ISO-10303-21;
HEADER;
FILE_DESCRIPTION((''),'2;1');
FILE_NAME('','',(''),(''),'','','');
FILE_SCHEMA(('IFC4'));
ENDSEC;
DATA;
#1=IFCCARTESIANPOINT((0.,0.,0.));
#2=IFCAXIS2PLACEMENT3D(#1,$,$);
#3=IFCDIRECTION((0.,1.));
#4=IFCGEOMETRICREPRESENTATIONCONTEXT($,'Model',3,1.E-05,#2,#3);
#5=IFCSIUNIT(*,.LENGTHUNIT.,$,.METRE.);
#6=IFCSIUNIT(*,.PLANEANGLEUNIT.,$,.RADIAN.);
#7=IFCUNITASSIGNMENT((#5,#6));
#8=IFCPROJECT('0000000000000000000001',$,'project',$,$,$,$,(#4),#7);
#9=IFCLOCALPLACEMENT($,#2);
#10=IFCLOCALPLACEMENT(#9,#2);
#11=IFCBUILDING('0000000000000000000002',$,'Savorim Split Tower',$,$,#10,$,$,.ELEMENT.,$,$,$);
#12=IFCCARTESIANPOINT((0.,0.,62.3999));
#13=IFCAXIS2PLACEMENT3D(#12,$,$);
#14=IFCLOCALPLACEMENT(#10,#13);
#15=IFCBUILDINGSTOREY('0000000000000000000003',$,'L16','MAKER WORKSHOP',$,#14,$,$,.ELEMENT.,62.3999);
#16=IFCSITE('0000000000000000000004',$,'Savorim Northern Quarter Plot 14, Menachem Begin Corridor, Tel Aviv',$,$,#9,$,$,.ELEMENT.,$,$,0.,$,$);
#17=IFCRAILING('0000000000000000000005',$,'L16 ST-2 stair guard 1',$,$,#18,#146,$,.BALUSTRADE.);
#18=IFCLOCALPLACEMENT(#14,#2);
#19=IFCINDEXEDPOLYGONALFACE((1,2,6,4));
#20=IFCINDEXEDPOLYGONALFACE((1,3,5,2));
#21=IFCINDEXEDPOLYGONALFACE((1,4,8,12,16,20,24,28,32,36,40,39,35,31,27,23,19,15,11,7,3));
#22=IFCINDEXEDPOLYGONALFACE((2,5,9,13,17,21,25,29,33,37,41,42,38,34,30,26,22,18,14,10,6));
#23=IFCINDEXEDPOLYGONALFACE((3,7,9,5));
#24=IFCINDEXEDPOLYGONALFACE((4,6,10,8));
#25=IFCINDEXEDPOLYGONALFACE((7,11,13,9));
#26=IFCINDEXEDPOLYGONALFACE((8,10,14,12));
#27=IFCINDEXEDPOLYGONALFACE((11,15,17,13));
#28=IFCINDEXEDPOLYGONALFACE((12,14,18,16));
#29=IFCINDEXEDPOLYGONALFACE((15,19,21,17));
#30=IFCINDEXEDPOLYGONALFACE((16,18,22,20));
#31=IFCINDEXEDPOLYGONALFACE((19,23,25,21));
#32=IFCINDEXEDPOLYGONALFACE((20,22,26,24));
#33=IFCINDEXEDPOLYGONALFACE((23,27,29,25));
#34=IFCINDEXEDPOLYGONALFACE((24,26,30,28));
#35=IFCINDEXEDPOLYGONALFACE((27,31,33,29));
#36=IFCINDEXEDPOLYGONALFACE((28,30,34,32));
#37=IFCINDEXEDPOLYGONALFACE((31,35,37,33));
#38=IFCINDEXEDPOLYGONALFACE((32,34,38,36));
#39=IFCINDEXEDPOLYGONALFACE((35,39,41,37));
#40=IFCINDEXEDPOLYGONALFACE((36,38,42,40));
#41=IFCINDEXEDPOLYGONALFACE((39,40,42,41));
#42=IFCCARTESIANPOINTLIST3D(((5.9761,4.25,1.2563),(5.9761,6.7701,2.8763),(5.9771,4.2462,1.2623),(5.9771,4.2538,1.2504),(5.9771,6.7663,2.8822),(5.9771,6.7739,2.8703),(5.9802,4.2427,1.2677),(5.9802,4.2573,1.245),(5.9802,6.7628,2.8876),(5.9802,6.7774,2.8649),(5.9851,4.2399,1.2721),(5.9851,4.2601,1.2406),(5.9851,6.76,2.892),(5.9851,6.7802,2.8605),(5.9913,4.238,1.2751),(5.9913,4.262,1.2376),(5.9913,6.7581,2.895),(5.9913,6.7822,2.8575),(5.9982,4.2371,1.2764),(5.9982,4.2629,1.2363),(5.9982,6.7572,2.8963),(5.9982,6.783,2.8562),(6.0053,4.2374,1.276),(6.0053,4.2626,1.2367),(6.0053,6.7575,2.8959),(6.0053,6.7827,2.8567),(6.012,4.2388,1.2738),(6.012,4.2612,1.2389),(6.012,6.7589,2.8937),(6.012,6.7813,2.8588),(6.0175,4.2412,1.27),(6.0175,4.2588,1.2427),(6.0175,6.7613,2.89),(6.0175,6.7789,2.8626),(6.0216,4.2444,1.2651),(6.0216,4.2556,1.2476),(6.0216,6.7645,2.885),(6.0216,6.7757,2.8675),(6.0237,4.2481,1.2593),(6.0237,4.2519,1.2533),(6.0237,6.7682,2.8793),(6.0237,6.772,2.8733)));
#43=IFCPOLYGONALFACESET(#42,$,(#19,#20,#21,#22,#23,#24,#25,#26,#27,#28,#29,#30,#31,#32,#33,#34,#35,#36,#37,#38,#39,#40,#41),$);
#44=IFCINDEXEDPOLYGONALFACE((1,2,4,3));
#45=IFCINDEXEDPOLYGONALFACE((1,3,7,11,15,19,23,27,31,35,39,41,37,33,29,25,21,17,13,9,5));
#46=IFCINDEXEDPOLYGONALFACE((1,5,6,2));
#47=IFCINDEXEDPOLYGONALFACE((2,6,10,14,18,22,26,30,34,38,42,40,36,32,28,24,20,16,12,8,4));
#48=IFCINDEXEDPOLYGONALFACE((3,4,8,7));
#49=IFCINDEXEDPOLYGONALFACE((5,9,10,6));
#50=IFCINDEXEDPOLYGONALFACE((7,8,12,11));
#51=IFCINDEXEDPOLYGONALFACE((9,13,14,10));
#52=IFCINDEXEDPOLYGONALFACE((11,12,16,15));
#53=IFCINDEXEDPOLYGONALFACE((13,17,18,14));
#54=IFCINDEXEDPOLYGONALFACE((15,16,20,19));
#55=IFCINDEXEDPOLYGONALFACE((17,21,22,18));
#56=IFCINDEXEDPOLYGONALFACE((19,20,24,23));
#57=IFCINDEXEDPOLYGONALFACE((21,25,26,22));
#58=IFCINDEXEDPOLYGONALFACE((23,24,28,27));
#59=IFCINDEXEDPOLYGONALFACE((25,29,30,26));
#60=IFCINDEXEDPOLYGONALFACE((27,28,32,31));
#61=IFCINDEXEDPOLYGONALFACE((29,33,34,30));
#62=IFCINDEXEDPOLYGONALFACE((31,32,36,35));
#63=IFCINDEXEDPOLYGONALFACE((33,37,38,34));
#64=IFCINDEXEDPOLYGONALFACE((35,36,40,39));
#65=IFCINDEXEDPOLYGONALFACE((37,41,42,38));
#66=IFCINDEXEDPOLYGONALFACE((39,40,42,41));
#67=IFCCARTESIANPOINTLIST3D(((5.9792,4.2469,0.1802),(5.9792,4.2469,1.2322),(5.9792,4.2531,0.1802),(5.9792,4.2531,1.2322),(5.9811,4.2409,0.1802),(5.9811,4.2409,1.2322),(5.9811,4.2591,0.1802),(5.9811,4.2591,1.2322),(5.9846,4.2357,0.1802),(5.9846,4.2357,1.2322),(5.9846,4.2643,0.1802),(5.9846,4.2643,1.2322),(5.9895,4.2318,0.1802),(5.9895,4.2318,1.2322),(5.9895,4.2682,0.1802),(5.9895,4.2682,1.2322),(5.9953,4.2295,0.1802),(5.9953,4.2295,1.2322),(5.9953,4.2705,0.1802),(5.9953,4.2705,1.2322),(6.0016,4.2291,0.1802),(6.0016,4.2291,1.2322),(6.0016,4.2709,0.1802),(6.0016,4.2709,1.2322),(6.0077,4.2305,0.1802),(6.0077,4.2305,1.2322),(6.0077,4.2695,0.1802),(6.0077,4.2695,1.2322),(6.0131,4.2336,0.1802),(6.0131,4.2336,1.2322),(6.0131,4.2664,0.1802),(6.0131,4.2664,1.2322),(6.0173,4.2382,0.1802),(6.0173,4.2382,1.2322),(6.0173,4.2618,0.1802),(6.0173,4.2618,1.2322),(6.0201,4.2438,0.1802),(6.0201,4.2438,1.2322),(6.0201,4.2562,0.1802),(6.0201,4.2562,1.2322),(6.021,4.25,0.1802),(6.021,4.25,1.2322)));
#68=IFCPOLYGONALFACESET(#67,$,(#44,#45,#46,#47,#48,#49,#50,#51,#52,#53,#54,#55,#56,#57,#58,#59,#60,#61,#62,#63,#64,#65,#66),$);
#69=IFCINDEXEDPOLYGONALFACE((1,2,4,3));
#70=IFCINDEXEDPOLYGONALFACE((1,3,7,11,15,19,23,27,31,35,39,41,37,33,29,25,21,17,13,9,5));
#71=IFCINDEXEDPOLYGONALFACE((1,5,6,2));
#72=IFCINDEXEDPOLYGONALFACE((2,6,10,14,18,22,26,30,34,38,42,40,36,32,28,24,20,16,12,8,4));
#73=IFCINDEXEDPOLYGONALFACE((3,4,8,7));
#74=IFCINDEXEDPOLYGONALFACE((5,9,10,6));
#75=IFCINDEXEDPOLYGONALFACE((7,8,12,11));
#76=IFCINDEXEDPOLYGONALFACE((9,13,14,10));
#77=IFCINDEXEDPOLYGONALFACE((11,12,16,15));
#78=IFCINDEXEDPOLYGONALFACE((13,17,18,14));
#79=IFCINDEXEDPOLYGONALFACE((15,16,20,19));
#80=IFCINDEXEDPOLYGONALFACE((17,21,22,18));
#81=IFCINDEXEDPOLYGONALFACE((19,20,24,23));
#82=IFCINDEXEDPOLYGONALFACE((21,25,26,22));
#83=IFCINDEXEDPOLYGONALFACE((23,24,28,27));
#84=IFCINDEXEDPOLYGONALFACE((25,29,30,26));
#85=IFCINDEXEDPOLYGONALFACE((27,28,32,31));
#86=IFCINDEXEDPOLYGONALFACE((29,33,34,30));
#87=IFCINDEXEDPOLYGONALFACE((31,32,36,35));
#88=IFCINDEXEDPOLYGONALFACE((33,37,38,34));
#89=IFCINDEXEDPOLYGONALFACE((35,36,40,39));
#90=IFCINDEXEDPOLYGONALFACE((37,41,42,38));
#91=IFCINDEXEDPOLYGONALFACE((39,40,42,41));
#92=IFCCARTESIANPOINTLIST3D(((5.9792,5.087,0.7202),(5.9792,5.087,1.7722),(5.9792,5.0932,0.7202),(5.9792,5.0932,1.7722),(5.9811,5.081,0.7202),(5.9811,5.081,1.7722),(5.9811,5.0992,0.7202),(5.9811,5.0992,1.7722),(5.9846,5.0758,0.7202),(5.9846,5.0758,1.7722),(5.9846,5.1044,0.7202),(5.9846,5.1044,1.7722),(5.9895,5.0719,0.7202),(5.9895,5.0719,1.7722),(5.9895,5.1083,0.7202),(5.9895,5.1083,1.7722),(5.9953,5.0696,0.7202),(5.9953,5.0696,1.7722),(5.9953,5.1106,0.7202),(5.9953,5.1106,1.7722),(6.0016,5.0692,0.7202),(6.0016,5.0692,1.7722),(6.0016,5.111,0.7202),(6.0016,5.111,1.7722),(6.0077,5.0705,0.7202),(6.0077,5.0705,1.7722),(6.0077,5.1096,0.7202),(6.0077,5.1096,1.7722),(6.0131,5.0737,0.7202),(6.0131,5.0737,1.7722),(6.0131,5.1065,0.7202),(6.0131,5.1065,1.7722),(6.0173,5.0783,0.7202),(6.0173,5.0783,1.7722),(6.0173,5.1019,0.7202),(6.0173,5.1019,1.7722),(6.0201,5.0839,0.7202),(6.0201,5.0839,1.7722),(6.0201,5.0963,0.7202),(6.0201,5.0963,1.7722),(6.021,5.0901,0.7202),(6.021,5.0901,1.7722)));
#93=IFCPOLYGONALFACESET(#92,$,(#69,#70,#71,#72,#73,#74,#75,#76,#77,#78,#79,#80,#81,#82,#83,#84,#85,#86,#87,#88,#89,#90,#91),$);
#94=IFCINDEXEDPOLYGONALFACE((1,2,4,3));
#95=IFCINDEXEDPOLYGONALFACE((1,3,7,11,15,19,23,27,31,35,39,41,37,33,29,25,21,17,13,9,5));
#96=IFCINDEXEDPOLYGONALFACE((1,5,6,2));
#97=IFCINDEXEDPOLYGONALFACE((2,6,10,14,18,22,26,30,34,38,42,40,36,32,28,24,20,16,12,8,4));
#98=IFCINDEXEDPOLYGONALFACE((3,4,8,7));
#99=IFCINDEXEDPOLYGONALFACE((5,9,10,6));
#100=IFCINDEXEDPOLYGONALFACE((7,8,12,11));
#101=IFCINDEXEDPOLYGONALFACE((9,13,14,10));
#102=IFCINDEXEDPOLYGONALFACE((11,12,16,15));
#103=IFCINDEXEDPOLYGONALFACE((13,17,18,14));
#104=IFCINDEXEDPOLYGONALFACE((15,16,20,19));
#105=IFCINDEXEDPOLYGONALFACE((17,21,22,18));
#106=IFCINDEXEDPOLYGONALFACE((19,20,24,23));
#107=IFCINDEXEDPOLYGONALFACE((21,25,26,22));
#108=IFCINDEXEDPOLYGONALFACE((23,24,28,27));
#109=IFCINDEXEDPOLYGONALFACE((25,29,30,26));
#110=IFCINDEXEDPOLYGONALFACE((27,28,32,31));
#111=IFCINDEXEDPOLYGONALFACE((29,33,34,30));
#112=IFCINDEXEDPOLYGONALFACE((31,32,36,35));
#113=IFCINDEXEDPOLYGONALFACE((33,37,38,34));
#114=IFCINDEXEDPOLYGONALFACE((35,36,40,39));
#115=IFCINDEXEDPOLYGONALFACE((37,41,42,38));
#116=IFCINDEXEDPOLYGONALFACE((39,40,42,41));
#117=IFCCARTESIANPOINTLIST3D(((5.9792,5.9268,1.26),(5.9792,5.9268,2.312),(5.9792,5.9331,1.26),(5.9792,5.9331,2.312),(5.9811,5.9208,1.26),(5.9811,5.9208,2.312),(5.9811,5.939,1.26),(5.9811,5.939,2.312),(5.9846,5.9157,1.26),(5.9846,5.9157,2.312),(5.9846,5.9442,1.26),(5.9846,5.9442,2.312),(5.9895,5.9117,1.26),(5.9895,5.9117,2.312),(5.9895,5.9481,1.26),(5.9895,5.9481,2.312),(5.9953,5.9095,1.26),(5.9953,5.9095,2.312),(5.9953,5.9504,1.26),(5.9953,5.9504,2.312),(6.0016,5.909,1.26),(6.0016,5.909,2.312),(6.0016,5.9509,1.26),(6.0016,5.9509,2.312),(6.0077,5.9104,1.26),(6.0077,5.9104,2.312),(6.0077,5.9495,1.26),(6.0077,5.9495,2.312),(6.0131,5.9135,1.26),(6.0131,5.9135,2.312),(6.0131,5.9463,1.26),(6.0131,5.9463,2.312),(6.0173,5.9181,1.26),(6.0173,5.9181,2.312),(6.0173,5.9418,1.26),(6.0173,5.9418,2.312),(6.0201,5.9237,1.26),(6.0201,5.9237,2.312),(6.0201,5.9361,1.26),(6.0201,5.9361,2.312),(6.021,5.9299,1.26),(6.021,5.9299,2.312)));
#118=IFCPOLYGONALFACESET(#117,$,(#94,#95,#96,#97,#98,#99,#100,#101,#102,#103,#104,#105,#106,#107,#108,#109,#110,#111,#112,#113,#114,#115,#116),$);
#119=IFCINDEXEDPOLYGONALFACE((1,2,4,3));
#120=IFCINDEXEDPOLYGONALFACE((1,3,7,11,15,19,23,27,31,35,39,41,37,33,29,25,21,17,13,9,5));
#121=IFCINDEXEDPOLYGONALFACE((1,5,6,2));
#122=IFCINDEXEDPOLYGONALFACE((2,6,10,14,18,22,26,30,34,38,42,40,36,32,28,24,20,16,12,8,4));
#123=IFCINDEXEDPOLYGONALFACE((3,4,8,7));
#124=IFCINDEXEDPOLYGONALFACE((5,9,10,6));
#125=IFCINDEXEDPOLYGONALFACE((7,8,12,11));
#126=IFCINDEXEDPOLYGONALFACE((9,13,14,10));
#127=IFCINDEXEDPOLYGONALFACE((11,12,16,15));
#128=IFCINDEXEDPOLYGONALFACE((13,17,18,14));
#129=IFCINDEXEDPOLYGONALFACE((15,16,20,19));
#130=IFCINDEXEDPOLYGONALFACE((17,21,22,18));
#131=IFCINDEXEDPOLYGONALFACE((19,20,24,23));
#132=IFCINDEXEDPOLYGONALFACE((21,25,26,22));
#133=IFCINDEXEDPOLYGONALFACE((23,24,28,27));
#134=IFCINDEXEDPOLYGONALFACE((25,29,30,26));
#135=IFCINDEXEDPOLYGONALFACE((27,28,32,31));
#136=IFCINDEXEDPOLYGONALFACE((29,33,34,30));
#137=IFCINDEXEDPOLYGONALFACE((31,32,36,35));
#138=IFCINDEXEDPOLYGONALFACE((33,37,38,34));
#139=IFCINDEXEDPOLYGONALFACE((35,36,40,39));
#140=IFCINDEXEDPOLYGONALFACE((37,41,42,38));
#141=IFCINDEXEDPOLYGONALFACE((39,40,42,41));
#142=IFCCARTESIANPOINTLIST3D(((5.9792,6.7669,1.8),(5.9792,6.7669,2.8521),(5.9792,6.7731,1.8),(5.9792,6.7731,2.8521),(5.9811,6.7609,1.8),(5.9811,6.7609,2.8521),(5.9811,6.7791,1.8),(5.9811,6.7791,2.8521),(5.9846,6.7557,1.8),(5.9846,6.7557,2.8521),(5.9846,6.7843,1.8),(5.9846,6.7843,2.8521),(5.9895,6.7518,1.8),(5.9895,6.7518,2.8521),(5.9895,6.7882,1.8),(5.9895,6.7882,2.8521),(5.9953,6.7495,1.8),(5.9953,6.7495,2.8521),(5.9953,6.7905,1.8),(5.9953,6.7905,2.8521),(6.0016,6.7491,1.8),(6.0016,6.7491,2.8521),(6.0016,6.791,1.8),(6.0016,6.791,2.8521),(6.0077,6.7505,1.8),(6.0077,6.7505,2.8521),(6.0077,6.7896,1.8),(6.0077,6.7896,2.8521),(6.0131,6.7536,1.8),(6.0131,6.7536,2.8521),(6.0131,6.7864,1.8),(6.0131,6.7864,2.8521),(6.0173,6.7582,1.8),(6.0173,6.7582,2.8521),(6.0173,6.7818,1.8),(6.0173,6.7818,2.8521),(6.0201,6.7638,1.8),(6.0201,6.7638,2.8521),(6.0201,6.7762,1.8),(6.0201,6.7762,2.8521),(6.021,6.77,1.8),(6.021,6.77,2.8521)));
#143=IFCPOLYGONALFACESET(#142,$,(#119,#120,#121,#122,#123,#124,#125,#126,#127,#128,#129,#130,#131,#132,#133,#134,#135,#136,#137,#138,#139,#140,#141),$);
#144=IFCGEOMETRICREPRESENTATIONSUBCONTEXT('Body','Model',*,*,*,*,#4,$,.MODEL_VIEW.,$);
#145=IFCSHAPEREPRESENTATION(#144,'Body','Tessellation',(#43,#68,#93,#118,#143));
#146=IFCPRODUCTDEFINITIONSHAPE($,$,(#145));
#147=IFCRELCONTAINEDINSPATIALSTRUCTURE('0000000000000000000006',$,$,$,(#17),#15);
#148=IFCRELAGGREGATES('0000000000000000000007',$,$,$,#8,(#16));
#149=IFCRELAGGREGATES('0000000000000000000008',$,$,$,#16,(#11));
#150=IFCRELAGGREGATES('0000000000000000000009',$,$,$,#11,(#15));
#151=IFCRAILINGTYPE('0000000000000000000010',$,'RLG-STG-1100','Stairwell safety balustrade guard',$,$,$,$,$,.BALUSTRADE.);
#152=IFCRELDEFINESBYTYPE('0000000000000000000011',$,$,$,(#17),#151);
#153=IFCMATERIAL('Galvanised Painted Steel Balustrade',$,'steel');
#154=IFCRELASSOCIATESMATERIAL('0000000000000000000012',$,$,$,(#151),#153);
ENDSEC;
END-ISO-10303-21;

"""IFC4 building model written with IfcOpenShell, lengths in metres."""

from ifc_helpers import new_model, si_unit, direction, frame, origin, origin_2d, place, context, subcontext, project, spatial, circle, extrude, material, type_object, element, save


model = new_model("IFC4")

# Units and contexts
model_context = context("Model", 3, precision=1e-05, world=origin(), true_north=direction((0.0, 1.0)))
body_context = subcontext(model_context, "Body", "Model", "MODEL_VIEW")
ifc_project = project(units=[si_unit("LENGTHUNIT", "METRE"), si_unit("PLANEANGLEUNIT", "RADIAN")], contexts=[model_context])

# Site, building, storey
site_placement = place(None, origin())
site = spatial("IfcSite", under=ifc_project, at=site_placement, Name="Savorim Northern Quarter Plot 14, Menachem Begin Corridor, Tel Aviv", CompositionType="ELEMENT", RefElevation=0.0)
building_placement = place(site_placement, origin())
building = spatial("IfcBuilding", under=site, at=building_placement, Name="Savorim Split Tower", CompositionType="ELEMENT")
storey_placement = place(building_placement, frame((0.0, 0.0, 62.3999)))
storey = spatial("IfcBuildingStorey", under=building, at=storey_placement, Name="L16", Description="MAKER WORKSHOP", CompositionType="ELEMENT", Elevation=62.3999)

# Railing
ifc_material_1 = material(Name="Galvanised Painted Steel Balustrade", Category="steel")
railing_type_1 = type_object("IfcRailingType", Name="RLG-STG-1100", Description="Stairwell safety balustrade guard", PredefinedType="BALUSTRADE", material=ifc_material_1)
railing_1_placement = place(storey_placement, frame((6.0, 4.25, 0.1802)))
element("IfcRailing", 1, at=railing_1_placement, inside=storey, type_object=railing_type_1, Name="L16 ST-2 stair guard 1", PredefinedType="BALUSTRADE", context=body_context, shape_type="SweptSolid", body=[
    extrude(circle(Radius=0.0239, at=origin_2d()), frame((0.0, 0.0, 1.0762), z_axis=(0.0, 0.8412, 0.540725), x_axis=(-1.0, 0.0, 0.0)), (0.0, 0.0, 1.0), 2.9958),
    extrude(circle(Radius=0.021, at=origin_2d()), origin(), (0.0, 0.0, 1.0), 1.052),
    extrude(circle(Radius=0.021, at=origin_2d()), frame((0.0, 0.8401, 0.54)), (0.0, 0.0, 1.0), 1.052),
    extrude(circle(Radius=0.021, at=origin_2d()), frame((0.0, 1.6799, 1.0798)), (0.0, 0.0, 1.0), 1.052),
    extrude(circle(Radius=0.021, at=origin_2d()), frame((0.0, 2.52, 1.6199)), (0.0, 0.0, 1.0), 1.052),
])

save(model, "model.ifc")
